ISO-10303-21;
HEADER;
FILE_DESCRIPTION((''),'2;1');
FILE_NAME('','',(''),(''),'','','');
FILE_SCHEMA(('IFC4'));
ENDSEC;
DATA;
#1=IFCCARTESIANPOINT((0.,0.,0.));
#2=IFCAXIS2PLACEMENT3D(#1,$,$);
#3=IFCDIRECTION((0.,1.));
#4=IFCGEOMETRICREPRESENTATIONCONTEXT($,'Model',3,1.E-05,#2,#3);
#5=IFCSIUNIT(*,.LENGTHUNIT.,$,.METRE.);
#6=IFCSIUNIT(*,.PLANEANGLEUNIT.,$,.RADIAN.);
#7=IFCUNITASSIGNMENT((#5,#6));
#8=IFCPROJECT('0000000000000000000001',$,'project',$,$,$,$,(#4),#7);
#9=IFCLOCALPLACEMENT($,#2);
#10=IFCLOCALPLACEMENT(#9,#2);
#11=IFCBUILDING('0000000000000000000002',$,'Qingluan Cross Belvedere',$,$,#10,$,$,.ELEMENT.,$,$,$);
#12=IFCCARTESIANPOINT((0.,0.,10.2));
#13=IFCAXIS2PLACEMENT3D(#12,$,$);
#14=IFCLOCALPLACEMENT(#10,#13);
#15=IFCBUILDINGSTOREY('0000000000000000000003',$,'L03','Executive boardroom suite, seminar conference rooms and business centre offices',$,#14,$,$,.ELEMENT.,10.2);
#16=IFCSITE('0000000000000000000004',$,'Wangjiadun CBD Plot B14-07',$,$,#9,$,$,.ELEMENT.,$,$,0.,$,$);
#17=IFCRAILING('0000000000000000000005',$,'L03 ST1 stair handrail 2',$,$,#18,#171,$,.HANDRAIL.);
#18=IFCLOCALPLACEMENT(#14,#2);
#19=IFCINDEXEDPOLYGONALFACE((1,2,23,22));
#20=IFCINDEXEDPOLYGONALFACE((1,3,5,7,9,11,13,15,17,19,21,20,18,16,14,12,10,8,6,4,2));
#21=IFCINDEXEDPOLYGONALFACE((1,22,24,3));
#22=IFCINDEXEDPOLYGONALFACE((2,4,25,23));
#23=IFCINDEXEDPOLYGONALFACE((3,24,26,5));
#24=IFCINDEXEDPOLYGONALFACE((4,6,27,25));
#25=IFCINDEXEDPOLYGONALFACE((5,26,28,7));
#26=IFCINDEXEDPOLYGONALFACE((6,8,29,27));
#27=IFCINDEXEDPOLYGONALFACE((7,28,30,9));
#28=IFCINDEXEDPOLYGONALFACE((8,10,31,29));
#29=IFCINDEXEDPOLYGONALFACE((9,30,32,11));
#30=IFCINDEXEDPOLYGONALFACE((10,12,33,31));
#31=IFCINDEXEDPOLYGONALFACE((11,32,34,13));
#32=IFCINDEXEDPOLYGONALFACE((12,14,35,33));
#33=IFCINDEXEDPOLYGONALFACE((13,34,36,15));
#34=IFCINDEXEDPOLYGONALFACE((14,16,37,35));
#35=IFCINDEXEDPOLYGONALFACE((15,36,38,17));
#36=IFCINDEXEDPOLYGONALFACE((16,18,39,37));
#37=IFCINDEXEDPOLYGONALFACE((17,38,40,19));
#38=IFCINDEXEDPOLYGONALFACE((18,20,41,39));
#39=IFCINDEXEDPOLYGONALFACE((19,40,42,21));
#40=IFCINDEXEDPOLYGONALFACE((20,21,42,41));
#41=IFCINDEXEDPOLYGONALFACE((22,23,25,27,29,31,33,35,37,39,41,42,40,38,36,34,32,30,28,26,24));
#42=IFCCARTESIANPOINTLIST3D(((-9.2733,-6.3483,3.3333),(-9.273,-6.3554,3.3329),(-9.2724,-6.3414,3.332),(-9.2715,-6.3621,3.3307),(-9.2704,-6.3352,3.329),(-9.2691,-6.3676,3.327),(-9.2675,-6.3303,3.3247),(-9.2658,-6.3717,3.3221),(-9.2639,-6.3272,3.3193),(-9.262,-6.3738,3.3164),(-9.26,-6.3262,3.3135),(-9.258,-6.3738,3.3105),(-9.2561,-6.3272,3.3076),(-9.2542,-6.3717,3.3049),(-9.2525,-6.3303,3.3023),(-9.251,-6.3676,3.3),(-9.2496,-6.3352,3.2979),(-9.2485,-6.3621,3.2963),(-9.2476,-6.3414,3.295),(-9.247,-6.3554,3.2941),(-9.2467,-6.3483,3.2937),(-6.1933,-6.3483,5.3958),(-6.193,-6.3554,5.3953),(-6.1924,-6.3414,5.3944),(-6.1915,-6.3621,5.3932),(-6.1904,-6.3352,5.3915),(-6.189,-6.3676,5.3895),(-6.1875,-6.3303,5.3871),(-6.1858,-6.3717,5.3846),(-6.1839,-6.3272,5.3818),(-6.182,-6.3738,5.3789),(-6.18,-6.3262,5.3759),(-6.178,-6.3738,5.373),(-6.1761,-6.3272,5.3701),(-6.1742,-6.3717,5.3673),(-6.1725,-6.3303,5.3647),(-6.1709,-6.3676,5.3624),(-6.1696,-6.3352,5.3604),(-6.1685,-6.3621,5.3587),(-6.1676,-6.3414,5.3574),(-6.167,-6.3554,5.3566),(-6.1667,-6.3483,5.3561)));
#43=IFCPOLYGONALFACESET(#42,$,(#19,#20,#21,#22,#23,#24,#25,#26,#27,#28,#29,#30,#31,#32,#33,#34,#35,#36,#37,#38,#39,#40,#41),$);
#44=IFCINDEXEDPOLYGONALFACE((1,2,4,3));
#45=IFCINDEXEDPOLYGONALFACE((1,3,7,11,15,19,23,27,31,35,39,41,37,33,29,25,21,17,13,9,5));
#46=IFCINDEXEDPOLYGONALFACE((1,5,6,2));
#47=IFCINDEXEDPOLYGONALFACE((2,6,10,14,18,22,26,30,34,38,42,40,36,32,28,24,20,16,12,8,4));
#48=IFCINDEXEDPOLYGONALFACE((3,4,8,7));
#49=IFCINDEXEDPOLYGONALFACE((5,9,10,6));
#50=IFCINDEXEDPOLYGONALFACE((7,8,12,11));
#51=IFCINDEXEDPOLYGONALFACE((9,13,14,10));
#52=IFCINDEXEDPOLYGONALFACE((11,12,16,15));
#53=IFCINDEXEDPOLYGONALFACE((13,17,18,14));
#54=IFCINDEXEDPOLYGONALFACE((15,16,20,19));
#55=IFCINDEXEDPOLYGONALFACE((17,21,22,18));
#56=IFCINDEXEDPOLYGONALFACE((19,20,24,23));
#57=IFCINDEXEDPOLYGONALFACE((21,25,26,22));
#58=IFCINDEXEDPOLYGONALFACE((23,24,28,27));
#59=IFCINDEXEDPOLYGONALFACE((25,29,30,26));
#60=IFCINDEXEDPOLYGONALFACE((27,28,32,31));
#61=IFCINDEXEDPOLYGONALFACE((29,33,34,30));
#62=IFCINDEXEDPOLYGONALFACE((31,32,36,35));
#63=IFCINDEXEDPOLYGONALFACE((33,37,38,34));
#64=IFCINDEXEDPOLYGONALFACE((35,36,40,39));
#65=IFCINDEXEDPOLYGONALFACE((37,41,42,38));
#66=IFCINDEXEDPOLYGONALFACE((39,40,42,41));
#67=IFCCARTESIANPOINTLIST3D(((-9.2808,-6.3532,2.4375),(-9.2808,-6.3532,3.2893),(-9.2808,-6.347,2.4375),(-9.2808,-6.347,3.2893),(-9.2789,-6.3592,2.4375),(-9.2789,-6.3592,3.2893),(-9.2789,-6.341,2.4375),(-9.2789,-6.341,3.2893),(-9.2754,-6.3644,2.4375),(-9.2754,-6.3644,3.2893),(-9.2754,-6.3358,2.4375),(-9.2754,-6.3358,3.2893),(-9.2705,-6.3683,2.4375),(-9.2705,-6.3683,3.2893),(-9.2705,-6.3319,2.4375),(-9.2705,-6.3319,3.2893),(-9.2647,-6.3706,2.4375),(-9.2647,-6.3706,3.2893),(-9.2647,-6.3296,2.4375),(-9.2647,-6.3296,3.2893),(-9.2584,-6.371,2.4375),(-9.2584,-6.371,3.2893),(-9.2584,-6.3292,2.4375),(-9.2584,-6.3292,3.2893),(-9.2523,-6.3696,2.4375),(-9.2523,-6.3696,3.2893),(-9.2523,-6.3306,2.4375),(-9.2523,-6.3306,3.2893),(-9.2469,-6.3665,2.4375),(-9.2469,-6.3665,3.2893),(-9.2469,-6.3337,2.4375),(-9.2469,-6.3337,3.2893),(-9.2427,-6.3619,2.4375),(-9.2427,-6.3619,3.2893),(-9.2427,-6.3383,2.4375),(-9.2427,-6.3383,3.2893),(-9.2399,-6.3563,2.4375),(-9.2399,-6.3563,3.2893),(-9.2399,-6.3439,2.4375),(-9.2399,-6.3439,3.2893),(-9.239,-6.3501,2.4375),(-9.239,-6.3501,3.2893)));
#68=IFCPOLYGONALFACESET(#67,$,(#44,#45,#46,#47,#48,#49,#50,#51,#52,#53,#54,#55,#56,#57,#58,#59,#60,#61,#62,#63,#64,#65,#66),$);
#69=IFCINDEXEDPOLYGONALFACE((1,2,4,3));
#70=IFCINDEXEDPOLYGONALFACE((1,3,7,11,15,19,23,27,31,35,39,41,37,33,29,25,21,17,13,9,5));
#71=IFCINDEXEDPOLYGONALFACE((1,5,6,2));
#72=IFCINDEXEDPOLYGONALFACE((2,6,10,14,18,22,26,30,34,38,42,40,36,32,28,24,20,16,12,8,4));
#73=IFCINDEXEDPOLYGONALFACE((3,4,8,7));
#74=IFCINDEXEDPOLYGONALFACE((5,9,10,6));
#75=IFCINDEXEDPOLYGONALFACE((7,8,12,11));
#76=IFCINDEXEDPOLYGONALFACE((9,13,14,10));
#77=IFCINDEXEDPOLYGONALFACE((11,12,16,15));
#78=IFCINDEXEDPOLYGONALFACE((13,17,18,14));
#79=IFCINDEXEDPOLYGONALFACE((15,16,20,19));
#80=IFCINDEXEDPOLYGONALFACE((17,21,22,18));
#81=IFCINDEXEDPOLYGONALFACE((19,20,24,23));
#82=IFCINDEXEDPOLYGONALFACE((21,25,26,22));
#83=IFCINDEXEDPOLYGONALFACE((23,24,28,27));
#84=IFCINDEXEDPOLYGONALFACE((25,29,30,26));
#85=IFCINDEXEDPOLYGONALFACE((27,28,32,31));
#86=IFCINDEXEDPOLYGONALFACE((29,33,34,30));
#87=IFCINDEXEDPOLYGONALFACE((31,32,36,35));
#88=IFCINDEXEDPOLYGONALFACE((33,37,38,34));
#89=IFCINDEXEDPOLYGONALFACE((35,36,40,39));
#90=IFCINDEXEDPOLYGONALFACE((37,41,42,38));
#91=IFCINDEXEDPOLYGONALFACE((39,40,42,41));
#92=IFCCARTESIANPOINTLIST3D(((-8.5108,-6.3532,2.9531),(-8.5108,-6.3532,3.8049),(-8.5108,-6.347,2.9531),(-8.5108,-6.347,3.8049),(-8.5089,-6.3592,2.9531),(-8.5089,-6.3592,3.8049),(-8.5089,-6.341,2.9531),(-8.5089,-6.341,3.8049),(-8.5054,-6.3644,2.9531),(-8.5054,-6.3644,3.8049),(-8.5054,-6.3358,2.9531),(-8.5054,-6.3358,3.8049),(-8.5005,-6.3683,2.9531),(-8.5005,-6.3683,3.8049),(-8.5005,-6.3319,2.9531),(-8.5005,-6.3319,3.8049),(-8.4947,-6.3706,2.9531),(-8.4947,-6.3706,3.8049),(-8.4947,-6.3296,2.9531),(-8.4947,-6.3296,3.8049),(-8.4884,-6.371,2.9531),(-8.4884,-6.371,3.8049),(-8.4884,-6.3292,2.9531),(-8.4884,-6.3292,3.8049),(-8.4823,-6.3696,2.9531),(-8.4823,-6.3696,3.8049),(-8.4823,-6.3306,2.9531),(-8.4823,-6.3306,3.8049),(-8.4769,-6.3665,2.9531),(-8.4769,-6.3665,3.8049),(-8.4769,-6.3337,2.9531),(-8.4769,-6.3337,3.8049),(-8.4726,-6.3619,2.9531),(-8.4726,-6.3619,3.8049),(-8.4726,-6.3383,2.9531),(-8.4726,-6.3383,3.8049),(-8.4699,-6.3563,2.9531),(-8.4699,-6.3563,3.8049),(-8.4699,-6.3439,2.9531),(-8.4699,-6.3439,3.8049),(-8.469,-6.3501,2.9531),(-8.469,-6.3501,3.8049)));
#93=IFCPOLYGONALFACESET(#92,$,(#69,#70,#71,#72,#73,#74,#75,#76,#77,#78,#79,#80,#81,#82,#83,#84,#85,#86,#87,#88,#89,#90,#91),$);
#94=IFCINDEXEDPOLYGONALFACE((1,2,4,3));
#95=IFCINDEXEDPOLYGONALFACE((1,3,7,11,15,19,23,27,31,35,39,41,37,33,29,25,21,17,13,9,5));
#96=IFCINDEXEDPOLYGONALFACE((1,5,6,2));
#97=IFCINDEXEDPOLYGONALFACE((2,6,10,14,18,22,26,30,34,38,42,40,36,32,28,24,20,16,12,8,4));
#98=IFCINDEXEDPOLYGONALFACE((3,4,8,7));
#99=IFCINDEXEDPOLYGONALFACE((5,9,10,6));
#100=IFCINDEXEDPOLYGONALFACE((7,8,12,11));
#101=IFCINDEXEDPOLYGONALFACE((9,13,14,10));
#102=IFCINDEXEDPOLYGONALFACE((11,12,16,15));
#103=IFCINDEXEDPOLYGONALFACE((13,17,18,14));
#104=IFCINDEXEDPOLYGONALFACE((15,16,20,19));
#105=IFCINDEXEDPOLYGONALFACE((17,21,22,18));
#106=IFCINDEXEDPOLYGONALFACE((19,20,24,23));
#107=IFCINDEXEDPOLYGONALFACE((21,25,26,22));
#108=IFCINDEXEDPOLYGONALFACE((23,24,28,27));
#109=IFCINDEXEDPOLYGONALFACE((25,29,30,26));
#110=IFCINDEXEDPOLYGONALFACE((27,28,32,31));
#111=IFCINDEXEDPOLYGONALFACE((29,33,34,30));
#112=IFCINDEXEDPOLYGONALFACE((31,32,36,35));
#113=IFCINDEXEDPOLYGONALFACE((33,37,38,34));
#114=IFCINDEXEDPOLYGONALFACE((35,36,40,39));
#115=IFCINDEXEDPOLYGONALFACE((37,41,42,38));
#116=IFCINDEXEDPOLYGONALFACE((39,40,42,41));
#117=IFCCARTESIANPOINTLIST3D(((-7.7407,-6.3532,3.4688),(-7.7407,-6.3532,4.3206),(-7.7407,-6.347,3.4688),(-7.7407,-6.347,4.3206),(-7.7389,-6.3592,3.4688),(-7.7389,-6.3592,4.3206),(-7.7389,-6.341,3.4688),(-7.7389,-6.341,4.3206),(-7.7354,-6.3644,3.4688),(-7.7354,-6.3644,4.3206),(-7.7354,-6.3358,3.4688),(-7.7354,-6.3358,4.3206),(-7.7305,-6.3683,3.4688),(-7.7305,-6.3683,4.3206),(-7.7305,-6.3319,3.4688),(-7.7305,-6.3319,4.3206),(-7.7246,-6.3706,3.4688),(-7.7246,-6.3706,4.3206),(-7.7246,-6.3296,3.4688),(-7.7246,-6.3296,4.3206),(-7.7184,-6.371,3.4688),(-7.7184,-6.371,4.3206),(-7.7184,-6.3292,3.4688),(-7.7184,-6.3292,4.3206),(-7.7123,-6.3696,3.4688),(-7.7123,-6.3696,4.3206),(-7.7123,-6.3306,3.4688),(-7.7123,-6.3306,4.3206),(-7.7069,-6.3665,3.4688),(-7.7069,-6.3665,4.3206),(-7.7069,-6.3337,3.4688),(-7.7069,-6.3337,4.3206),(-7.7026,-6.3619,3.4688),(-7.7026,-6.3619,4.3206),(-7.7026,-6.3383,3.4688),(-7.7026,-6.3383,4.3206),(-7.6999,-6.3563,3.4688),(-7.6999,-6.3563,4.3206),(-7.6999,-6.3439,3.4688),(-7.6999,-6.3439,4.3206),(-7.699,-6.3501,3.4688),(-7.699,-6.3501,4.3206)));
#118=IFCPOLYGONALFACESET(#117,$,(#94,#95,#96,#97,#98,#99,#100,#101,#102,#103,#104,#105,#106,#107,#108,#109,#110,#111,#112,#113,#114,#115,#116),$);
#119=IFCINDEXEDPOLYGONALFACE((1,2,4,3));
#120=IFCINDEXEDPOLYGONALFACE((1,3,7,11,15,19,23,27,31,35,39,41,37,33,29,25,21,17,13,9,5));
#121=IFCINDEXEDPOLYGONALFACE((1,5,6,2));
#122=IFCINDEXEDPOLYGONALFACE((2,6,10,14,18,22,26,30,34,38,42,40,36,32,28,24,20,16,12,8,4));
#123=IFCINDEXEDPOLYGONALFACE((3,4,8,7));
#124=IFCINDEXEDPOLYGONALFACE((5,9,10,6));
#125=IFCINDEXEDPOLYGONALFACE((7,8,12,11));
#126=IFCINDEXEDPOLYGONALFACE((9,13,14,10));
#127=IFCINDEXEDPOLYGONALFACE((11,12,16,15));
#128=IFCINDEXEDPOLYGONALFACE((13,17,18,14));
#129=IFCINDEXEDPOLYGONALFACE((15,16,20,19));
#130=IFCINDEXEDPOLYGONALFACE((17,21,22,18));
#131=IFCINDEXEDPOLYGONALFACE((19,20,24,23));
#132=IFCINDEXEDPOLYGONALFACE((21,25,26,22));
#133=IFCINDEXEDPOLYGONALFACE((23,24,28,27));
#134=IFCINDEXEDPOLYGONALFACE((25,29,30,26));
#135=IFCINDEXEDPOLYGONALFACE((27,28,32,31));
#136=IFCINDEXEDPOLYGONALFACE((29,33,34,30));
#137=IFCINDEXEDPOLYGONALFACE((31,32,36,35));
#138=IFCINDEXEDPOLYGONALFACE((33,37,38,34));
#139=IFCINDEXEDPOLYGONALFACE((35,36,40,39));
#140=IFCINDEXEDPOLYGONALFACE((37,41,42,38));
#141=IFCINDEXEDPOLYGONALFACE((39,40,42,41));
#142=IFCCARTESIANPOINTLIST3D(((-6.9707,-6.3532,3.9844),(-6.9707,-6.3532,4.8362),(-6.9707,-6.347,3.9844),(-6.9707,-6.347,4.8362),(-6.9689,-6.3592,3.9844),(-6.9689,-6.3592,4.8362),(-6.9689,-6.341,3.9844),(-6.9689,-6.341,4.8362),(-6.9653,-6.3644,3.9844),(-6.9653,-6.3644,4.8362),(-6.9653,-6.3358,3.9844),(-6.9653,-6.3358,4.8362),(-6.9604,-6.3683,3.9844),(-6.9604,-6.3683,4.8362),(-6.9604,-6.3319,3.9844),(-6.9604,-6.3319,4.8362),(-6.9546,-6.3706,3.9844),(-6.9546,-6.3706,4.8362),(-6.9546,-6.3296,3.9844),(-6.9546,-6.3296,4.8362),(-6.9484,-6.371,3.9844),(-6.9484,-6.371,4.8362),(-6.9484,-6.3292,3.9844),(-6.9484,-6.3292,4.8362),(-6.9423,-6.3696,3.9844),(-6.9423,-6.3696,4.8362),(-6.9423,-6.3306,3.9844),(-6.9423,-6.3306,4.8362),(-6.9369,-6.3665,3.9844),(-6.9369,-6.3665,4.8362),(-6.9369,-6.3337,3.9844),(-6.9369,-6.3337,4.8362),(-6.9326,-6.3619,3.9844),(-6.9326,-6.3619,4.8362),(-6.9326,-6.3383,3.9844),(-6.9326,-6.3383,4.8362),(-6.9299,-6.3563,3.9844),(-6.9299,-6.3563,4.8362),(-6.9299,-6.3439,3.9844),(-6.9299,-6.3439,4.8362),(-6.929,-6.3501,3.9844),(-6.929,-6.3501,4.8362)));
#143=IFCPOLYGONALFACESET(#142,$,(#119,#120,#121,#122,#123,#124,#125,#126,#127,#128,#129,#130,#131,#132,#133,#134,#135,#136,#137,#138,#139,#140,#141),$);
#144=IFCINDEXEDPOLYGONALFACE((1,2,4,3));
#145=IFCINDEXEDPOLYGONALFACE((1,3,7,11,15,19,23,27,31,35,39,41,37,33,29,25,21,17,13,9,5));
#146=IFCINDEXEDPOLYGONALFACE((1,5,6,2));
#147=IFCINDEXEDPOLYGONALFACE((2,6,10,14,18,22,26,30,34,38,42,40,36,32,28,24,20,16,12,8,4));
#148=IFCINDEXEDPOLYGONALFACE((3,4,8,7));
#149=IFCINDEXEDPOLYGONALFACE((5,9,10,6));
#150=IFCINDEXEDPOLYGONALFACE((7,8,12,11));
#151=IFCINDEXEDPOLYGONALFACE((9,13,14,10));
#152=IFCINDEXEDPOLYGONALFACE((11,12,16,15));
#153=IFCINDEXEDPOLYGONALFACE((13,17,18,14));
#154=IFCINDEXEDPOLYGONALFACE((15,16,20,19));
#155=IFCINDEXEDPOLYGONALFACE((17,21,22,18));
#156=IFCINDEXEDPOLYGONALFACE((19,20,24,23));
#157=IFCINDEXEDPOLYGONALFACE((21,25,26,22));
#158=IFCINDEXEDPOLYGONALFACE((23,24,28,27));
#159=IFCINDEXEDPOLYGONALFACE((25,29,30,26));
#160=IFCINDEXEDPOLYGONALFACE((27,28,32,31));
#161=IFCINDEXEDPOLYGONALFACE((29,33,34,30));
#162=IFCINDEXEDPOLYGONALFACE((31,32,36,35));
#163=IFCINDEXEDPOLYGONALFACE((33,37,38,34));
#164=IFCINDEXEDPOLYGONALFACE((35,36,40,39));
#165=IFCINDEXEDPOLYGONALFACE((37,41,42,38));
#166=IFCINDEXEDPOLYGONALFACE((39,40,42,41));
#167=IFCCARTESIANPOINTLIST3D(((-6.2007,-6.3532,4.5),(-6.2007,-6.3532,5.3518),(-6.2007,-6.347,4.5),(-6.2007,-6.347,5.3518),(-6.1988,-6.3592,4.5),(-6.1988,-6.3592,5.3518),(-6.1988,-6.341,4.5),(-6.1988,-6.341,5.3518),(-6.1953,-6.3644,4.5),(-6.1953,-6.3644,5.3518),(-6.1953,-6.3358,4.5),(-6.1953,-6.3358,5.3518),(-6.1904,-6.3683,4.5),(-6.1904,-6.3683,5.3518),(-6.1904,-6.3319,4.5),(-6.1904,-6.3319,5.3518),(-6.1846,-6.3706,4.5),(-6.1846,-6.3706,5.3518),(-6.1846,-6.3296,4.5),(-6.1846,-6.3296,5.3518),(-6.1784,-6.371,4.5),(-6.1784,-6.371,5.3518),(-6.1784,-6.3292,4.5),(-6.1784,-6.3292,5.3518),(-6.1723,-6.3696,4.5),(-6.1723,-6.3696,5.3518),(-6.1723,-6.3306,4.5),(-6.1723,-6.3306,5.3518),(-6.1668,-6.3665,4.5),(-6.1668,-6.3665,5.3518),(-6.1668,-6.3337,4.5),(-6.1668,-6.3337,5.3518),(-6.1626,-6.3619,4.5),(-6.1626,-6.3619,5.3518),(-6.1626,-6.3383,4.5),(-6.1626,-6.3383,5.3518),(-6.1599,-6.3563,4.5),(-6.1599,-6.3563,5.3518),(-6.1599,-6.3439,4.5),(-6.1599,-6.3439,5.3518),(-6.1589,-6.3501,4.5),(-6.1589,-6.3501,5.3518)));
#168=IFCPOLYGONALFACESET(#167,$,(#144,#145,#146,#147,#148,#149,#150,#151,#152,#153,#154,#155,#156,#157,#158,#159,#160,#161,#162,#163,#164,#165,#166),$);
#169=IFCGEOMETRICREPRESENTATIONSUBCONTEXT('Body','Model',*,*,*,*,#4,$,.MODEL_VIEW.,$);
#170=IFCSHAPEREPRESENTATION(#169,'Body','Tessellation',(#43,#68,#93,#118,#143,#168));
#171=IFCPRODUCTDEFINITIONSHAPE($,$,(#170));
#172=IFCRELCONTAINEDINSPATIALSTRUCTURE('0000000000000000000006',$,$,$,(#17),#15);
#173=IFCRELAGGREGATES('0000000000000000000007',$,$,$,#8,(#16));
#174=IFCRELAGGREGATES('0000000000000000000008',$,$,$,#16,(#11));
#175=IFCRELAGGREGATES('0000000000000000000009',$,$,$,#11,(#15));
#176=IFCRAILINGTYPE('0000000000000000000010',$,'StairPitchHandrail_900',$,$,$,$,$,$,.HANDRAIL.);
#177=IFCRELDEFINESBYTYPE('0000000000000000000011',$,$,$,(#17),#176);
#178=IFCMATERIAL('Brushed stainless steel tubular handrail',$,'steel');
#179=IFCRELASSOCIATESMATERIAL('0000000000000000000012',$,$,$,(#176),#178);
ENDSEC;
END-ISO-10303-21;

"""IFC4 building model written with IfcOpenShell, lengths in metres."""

from ifc_helpers import new_model, si_unit, direction, frame, origin, origin_2d, place, context, subcontext, project, spatial, circle, extrude, material, type_object, element, save


model = new_model("IFC4")

# Units and contexts
model_context = context("Model", 3, precision=1e-05, world=origin(), true_north=direction((0.0, 1.0)))
body_context = subcontext(model_context, "Body", "Model", "MODEL_VIEW")
ifc_project = project(units=[si_unit("LENGTHUNIT", "METRE"), si_unit("PLANEANGLEUNIT", "RADIAN")], contexts=[model_context])

# Site, building, storey
site_placement = place(None, origin())
site = spatial("IfcSite", under=ifc_project, at=site_placement, Name="Wangjiadun CBD Plot B14-07", CompositionType="ELEMENT", RefElevation=0.0)
building_placement = place(site_placement, origin())
building = spatial("IfcBuilding", under=site, at=building_placement, Name="Qingluan Cross Belvedere", CompositionType="ELEMENT")
storey_placement = place(building_placement, frame((0.0, 0.0, 10.2)))
storey = spatial("IfcBuildingStorey", under=building, at=storey_placement, Name="L03", Description="Executive boardroom suite, seminar conference rooms and business centre offices", CompositionType="ELEMENT", Elevation=10.2)

# Railing
ifc_material_1 = material(Name="Brushed stainless steel tubular handrail", Category="steel")
railing_type_1 = type_object("IfcRailingType", Name="StairPitchHandrail_900", PredefinedType="HANDRAIL", material=ifc_material_1)
railing_1_placement = place(storey_placement, frame((-9.26, -6.3501, 2.4375)))
element("IfcRailing", 1, at=railing_1_placement, inside=storey, type_object=railing_type_1, Name="L03 ST1 stair handrail 2", PredefinedType="HANDRAIL", context=body_context, shape_type="SweptSolid", body=[
    extrude(circle(Radius=0.0239, at=origin_2d()), frame((0.0, 0.0, 0.876), z_axis=(0.830914, 0.0, 0.556401), x_axis=(0.0, 1.0, 0.0)), (0.0, 0.0, 1.0), 3.7068),
    extrude(circle(Radius=0.021, at=origin_2d()), origin(), (0.0, 0.0, 1.0), 0.8518),
    extrude(circle(Radius=0.021, at=origin_2d()), frame((0.77, 0.0, 0.5156)), (0.0, 0.0, 1.0), 0.8518),
    extrude(circle(Radius=0.021, at=origin_2d()), frame((1.54, 0.0, 1.0312)), (0.0, 0.0, 1.0), 0.8518),
    extrude(circle(Radius=0.021, at=origin_2d()), frame((2.3101, 0.0, 1.5469)), (0.0, 0.0, 1.0), 0.8518),
    extrude(circle(Radius=0.021, at=origin_2d()), frame((3.0801, 0.0, 2.0625)), (0.0, 0.0, 1.0), 0.8518),
])

save(model, "model.ifc")
